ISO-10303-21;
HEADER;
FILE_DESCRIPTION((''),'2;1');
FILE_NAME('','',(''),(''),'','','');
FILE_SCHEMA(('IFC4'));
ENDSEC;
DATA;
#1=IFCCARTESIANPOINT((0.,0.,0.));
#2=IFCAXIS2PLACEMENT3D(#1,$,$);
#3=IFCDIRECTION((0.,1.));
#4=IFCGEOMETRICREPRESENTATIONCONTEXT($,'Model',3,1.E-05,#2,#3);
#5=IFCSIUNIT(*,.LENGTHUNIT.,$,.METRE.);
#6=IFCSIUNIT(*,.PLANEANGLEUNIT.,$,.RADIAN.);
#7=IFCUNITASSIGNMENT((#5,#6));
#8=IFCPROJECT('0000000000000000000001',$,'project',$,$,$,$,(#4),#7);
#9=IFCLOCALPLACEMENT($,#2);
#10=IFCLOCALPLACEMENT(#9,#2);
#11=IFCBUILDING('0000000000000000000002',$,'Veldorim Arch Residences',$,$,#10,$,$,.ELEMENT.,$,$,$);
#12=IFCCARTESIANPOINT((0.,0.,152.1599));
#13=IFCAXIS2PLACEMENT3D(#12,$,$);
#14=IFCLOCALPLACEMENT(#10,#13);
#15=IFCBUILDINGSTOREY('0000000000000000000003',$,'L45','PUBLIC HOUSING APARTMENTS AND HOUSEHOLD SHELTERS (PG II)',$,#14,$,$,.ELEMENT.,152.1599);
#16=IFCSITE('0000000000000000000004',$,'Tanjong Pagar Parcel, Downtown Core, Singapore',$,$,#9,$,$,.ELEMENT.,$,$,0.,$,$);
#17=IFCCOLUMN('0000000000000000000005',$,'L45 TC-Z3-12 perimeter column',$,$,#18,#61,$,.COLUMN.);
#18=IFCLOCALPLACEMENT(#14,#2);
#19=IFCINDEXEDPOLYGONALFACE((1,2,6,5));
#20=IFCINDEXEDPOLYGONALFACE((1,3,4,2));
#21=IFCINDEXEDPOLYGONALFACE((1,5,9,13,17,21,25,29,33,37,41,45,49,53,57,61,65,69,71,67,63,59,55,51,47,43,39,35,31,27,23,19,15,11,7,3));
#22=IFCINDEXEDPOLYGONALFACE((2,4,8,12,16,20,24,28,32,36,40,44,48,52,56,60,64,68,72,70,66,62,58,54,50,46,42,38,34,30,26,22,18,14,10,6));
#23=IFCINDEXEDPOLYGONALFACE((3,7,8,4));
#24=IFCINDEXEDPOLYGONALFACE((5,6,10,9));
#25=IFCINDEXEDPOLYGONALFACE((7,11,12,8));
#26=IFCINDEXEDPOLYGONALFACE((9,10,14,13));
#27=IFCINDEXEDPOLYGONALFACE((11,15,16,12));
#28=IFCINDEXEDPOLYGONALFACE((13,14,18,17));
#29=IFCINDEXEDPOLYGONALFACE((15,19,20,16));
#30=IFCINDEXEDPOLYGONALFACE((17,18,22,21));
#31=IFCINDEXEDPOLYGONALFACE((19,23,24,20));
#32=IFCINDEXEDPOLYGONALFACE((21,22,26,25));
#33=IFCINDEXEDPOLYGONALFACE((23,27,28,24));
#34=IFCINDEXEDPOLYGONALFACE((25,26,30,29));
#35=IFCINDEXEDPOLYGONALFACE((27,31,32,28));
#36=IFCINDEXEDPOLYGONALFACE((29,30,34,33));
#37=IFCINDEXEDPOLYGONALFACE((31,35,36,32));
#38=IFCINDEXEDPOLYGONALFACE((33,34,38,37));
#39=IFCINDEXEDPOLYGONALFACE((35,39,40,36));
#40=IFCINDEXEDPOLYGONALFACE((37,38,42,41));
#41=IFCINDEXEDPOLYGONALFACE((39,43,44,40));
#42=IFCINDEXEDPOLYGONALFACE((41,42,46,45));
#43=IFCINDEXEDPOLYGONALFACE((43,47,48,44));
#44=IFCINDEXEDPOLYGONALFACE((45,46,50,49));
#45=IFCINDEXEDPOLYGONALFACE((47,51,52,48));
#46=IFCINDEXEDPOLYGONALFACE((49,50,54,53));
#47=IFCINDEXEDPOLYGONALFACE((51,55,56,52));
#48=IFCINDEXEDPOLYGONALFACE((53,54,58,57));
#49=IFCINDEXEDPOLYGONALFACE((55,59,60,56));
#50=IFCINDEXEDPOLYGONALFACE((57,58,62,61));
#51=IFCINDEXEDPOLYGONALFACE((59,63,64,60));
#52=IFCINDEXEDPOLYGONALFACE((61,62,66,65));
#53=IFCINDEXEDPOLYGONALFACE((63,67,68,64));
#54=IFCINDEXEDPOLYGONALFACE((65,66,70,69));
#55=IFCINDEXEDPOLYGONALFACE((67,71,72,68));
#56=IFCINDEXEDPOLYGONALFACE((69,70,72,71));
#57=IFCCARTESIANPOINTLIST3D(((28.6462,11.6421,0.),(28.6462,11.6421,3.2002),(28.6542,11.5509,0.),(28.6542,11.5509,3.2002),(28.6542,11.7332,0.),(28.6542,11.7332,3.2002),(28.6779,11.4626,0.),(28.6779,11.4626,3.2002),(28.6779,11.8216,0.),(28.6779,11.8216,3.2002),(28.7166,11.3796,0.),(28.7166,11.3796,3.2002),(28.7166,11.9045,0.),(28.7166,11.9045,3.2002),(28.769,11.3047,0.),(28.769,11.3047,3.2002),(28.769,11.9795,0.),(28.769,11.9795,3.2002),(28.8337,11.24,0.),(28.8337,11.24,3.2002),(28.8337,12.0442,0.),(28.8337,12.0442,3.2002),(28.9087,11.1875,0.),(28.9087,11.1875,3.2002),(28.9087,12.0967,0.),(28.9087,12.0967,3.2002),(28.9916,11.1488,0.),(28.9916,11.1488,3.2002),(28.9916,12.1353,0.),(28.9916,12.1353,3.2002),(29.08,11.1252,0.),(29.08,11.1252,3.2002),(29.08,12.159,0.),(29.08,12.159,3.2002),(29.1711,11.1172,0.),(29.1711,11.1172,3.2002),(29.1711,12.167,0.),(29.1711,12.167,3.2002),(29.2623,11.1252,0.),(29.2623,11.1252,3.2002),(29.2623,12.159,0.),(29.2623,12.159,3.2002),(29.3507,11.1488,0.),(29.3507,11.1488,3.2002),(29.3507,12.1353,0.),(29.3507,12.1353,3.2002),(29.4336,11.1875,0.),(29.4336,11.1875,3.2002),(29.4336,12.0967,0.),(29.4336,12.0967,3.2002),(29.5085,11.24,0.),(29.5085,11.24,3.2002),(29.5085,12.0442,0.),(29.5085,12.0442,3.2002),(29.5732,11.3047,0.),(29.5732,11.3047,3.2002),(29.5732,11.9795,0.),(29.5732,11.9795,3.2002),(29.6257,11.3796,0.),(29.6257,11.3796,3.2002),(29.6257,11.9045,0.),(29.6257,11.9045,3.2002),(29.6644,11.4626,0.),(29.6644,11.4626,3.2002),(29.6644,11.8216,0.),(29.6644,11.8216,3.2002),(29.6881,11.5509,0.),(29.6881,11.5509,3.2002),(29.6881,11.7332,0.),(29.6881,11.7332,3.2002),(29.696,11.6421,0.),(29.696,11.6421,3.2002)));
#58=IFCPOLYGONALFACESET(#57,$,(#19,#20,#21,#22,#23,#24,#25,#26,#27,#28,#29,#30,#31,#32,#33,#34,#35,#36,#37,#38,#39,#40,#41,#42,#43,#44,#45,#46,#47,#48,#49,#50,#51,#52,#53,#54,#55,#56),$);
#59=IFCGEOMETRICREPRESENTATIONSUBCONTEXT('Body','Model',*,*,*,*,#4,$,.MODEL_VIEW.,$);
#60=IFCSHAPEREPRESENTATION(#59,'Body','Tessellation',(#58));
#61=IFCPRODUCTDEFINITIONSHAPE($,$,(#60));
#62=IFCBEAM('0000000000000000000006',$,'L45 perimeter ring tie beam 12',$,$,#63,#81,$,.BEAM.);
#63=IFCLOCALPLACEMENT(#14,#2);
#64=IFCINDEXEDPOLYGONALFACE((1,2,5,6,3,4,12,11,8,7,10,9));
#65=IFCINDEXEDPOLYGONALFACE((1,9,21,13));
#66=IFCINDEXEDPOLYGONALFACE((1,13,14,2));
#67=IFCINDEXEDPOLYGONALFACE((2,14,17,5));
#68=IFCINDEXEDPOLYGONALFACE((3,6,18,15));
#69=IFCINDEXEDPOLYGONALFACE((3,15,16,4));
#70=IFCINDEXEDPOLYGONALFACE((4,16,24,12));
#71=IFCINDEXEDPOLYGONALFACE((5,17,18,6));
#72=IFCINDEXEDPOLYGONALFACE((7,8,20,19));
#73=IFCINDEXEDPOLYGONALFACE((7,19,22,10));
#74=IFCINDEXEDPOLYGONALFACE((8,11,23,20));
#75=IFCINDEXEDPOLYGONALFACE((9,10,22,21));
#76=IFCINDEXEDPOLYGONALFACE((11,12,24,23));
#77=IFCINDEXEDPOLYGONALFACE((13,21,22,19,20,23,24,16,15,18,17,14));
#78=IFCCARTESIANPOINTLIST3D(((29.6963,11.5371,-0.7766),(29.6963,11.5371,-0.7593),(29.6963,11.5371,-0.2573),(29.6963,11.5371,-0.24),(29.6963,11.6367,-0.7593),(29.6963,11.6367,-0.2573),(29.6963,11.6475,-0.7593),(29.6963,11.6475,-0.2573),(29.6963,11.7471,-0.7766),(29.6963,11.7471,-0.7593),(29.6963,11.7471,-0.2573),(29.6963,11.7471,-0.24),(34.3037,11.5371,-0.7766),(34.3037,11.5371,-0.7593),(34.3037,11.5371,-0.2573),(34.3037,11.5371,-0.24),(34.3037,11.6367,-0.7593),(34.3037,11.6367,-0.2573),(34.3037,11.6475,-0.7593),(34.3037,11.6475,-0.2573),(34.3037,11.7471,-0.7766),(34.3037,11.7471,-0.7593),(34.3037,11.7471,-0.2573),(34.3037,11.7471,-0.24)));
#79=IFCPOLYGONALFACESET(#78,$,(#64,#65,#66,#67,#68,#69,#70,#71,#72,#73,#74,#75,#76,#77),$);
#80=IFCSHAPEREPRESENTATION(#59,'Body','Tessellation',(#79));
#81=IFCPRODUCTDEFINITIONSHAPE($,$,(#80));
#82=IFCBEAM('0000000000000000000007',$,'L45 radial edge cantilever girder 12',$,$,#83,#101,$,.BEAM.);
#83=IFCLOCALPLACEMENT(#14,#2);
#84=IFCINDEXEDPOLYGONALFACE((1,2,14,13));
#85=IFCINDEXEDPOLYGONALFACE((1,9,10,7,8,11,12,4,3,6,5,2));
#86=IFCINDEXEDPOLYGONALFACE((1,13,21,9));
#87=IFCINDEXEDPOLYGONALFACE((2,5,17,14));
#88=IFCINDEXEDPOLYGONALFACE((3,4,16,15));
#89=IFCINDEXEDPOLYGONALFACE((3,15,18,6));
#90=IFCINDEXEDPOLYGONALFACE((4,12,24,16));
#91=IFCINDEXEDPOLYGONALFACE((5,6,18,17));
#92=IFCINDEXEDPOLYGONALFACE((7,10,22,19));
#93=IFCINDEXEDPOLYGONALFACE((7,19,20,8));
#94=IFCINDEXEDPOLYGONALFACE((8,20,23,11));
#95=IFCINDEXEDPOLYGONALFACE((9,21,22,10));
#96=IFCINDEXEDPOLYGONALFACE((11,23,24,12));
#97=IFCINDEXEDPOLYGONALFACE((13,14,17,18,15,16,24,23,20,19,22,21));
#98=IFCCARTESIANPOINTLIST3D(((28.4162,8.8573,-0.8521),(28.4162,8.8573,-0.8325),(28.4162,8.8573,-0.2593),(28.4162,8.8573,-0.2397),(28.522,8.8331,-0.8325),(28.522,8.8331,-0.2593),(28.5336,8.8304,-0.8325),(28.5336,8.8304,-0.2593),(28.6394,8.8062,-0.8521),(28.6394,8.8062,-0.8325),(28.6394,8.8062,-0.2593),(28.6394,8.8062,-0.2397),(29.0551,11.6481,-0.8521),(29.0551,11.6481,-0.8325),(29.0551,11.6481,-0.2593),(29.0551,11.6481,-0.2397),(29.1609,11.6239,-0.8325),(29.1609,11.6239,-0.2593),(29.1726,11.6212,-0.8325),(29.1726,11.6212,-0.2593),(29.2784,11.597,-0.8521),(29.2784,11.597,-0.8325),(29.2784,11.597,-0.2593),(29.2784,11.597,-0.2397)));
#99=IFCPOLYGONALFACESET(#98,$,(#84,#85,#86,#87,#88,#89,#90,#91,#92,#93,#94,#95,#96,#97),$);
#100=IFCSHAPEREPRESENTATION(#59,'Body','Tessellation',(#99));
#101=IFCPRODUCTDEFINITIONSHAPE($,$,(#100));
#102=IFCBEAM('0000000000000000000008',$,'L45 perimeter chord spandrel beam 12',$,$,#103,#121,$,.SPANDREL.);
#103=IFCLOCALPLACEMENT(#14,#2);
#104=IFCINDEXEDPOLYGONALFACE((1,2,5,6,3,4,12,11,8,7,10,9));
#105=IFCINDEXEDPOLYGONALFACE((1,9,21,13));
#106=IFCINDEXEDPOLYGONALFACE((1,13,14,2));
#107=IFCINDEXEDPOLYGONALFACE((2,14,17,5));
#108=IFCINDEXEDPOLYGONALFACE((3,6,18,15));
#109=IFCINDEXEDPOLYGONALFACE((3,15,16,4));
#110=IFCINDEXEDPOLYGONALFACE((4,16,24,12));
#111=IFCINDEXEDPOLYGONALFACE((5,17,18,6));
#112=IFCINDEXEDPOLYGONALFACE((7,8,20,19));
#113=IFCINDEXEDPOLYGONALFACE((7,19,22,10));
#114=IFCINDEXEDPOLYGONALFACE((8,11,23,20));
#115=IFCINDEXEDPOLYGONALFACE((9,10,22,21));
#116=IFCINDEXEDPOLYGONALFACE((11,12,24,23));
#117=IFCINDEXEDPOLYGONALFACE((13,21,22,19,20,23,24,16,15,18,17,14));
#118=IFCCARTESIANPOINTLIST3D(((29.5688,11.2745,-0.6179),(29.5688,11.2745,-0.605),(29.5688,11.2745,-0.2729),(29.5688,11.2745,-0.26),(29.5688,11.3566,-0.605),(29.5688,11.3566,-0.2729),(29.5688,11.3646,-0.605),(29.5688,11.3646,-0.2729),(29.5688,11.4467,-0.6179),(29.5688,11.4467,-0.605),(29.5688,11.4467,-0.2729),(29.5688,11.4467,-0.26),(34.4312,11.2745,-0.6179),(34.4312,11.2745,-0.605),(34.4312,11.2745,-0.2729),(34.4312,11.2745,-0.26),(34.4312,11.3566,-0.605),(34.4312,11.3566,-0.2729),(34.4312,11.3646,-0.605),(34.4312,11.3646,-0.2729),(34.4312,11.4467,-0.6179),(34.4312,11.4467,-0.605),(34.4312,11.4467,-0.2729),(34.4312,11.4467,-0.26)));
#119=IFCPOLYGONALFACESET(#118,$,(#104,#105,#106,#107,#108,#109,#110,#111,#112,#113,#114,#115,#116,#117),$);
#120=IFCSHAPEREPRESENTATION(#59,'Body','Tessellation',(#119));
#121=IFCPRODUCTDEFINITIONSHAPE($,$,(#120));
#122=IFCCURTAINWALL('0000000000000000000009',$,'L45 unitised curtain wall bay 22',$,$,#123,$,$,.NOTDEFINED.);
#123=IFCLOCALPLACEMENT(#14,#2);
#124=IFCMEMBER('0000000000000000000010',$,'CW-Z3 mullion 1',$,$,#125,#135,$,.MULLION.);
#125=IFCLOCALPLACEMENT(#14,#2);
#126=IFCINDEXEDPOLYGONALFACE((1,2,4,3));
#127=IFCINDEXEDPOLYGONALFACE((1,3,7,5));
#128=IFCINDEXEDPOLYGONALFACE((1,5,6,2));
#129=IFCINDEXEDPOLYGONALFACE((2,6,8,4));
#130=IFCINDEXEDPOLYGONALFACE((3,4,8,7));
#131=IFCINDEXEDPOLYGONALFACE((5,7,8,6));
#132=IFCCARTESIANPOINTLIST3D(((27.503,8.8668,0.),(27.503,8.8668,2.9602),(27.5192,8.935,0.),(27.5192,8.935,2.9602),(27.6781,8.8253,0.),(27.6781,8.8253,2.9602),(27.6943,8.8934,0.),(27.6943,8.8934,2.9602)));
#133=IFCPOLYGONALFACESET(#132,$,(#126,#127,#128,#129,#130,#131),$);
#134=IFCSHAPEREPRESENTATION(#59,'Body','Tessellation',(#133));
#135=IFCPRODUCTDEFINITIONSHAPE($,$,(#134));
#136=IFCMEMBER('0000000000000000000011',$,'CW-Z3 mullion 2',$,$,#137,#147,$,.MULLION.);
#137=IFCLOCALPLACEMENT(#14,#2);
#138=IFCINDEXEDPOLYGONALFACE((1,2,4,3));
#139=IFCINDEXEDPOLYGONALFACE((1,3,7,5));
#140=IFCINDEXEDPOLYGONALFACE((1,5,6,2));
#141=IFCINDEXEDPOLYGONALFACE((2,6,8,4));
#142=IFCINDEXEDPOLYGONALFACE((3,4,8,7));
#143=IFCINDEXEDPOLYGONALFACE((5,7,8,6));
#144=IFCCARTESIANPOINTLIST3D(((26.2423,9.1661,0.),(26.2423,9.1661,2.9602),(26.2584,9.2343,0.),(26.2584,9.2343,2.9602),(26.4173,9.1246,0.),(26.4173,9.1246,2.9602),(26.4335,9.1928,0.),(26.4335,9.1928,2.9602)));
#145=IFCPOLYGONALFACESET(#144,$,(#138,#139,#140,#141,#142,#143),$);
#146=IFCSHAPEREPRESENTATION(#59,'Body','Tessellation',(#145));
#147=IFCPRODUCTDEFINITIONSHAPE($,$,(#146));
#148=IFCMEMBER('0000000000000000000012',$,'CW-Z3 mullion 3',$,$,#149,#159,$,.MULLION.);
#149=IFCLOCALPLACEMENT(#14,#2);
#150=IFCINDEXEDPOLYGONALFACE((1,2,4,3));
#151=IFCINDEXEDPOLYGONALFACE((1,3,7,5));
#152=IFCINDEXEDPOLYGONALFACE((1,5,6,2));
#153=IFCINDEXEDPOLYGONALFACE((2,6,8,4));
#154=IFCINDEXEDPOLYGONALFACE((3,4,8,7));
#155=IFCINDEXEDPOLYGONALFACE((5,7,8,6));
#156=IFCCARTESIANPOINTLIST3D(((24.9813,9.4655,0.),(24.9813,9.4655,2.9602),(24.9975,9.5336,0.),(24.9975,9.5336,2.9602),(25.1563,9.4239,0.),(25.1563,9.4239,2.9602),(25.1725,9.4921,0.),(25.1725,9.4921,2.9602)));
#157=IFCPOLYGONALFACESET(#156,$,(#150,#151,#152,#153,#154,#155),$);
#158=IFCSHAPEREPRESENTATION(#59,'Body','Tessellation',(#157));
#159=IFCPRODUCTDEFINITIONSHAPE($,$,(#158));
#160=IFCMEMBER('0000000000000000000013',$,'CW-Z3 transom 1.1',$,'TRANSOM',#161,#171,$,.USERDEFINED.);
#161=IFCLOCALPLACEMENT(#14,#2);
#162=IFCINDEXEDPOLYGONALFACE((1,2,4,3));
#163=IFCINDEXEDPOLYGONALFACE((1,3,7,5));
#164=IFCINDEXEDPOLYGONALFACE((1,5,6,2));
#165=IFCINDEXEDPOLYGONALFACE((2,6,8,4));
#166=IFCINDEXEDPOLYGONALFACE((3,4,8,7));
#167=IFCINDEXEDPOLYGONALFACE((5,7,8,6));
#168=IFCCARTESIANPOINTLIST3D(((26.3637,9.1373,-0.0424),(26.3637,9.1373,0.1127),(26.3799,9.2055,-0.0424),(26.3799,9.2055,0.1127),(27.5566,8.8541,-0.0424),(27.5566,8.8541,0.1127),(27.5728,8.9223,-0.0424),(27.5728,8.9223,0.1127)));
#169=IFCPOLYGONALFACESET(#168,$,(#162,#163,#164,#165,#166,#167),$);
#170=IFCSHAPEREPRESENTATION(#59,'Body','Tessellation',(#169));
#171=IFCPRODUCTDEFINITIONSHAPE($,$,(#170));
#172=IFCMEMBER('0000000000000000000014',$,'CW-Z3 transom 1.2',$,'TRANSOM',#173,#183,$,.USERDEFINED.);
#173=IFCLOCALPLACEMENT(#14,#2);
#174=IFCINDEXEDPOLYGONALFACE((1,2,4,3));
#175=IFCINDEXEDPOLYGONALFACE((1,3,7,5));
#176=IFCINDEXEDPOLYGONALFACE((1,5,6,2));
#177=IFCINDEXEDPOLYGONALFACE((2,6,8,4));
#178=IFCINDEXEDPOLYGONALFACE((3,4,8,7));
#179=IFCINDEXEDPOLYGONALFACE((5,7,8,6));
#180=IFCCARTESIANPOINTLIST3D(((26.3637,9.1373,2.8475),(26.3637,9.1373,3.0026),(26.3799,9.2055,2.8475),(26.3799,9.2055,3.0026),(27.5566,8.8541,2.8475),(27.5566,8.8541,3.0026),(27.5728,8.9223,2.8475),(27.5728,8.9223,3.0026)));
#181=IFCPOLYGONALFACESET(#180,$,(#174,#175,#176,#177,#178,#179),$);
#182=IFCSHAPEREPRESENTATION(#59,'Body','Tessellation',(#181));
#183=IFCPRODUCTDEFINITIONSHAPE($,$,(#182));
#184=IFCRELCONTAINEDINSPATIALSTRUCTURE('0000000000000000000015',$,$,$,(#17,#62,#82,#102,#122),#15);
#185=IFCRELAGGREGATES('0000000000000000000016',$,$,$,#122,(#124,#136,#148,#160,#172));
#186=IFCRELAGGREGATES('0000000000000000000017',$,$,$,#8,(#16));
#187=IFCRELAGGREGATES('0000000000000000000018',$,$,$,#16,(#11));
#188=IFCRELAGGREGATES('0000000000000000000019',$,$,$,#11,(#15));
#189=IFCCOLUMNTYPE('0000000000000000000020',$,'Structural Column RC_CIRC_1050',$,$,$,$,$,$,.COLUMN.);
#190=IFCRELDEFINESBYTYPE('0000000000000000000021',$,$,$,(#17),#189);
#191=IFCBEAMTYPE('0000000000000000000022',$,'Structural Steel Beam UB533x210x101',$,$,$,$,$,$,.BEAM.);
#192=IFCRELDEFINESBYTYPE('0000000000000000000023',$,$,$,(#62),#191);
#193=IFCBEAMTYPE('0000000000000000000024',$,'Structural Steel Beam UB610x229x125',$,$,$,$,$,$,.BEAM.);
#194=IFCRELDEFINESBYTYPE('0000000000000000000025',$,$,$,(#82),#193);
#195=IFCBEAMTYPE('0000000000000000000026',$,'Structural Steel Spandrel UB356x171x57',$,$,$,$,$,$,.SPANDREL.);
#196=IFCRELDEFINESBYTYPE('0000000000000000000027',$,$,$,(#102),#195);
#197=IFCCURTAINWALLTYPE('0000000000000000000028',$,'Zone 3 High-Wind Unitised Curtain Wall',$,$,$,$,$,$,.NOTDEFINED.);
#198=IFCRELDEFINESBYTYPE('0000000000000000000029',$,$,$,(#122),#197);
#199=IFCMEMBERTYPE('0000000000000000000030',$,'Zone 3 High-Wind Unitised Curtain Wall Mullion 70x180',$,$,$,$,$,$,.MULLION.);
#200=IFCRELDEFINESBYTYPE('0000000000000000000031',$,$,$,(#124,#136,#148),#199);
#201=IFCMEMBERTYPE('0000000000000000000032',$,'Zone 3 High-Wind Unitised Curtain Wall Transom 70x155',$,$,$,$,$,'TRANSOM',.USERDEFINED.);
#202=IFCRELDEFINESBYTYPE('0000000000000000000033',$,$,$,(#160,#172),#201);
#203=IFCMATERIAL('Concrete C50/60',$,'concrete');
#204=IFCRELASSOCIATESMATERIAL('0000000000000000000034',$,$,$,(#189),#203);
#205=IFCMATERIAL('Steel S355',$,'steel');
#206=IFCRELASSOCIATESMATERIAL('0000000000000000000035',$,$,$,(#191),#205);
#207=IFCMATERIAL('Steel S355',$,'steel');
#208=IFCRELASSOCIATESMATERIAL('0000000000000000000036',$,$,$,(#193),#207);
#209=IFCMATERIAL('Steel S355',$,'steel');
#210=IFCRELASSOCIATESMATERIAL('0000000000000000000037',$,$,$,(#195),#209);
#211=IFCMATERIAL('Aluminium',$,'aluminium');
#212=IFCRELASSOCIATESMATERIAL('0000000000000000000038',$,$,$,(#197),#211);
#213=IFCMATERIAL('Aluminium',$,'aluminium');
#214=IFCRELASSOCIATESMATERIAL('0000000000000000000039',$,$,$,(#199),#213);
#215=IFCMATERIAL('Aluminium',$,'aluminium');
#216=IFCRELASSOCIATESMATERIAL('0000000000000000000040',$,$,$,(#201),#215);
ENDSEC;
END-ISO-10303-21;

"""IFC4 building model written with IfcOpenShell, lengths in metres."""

from ifc_helpers import new_model, si_unit, direction, frame, origin, origin_2d, place, context, subcontext, project, spatial, rectangle, circle, i_section, extrude, material, material_profile, profile_set, type_object, element, aggregate, save


model = new_model("IFC4")

# Units and contexts
model_context = context("Model", 3, precision=1e-05, world=origin(), true_north=direction((0.0, 1.0)))
body_context = subcontext(model_context, "Body", "Model", "MODEL_VIEW")
ifc_project = project(units=[si_unit("LENGTHUNIT", "METRE"), si_unit("PLANEANGLEUNIT", "RADIAN")], contexts=[model_context])

# Site, building, storey
site_placement = place(None, origin())
site = spatial("IfcSite", under=ifc_project, at=site_placement, Name="Tanjong Pagar Parcel, Downtown Core, Singapore", CompositionType="ELEMENT", RefElevation=0.0)
building_placement = place(site_placement, origin())
building = spatial("IfcBuilding", under=site, at=building_placement, Name="Veldorim Arch Residences", CompositionType="ELEMENT")
storey_placement = place(building_placement, frame((0.0, 0.0, 152.1599)))
storey = spatial("IfcBuildingStorey", under=building, at=storey_placement, Name="L45", Description="PUBLIC HOUSING APARTMENTS AND HOUSEHOLD SHELTERS (PG II)", CompositionType="ELEMENT", Elevation=152.1599)

# Column
ifc_material_1 = material(Name="Concrete C50/60", Category="concrete")
ifc_material_profile_1 = material_profile(ifc_material_1, circle(Radius=0.5249, at=origin_2d()), Name="RC_CIRC_1050")
ifc_profile_set_1 = profile_set([ifc_material_profile_1], Name="Concrete C50/60")
column_type = type_object("IfcColumnType", Name="Structural Column RC_CIRC_1050", PredefinedType="COLUMN", material=ifc_profile_set_1)
column_placement = place(storey_placement, frame((29.1711, 11.6421, 0.0), z_axis=(0.0, 0.0, 1.0), x_axis=(1.0, 0.0, 0.0)))
element("IfcColumn", 1, at=column_placement, inside=storey, type_object=column_type, Name="L45 TC-Z3-12 perimeter column", PredefinedType="COLUMN", context=body_context, shape_type="SweptSolid", body=[
    extrude(circle(Radius=0.5249, at=origin_2d()), origin(), (0.0, 0.0, 1.0), 3.2002),
])

# Beams
ifc_material_2 = material(Name="Steel S355", Category="steel")
ifc_material_profile_2 = material_profile(ifc_material_2, i_section(OverallWidth=0.21, OverallDepth=0.5366, WebThickness=0.0107, FlangeThickness=0.0173, at=origin_2d()), Name="UB533x210x101")
ifc_profile_set_2 = profile_set([ifc_material_profile_2], Name="Steel S355")
beam_type_1 = type_object("IfcBeamType", Name="Structural Steel Beam UB533x210x101", PredefinedType="BEAM", material=ifc_profile_set_2)
beam_1_placement = place(storey_placement, frame((29.6963, 11.6421, -0.5083), z_axis=(1.0, 0.0, 0.0), x_axis=(0.0, 1.0, 0.0)))
element("IfcBeam", 2, at=beam_1_placement, inside=storey, type_object=beam_type_1, Name="L45 perimeter ring tie beam 12", PredefinedType="BEAM", context=body_context, shape_type="SweptSolid", body=[
    extrude(i_section(OverallWidth=0.21, OverallDepth=0.5366, WebThickness=0.0107, FlangeThickness=0.0173, at=origin_2d()), origin(), (0.0, 0.0, 1.0), 4.6074),
])
ifc_material_3 = material(Name="Steel S355", Category="steel")
ifc_material_profile_3 = material_profile(ifc_material_3, i_section(OverallWidth=0.229, OverallDepth=0.6123, WebThickness=0.012, FlangeThickness=0.0195, at=origin_2d()), Name="UB610x229x125")
ifc_profile_set_3 = profile_set([ifc_material_profile_3], Name="Steel S355")
beam_type_2 = type_object("IfcBeamType", Name="Structural Steel Beam UB610x229x125", PredefinedType="BEAM", material=ifc_profile_set_3)
beam_2_placement = place(storey_placement, frame((29.1667, 11.6226, -0.5459), z_axis=(-0.223165, -0.974781, 0.0), x_axis=(0.974781, -0.223165, 0.0)))
element("IfcBeam", 3, at=beam_2_placement, inside=storey, type_object=beam_type_2, Name="L45 radial edge cantilever girder 12", PredefinedType="BEAM", context=body_context, shape_type="SweptSolid", body=[
    extrude(i_section(OverallWidth=0.229, OverallDepth=0.6123, WebThickness=0.012, FlangeThickness=0.0195, at=origin_2d()), origin(), (0.0, 0.0, 1.0), 2.863),
])
ifc_material_4 = material(Name="Steel S355", Category="steel")
ifc_material_profile_4 = material_profile(ifc_material_4, i_section(OverallWidth=0.1721, OverallDepth=0.3579, WebThickness=0.0081, FlangeThickness=0.0129, at=origin_2d()), Name="UB356x171x57")
ifc_profile_set_4 = profile_set([ifc_material_profile_4], Name="Steel S355")
beam_type_3 = type_object("IfcBeamType", Name="Structural Steel Spandrel UB356x171x57", PredefinedType="SPANDREL", material=ifc_profile_set_4)
beam_3_placement = place(storey_placement, frame((29.5688, 11.3606, -0.439), z_axis=(1.0, 0.0, 0.0), x_axis=(0.0, 1.0, 0.0)))
element("IfcBeam", 4, at=beam_3_placement, inside=storey, type_object=beam_type_3, Name="L45 perimeter chord spandrel beam 12", PredefinedType="SPANDREL", context=body_context, shape_type="SweptSolid", body=[
    extrude(i_section(OverallWidth=0.1721, OverallDepth=0.3579, WebThickness=0.0081, FlangeThickness=0.0129, at=origin_2d()), origin(), (0.0, 0.0, 1.0), 4.8623),
])

# Curtain wall, members
ifc_material_5 = material(Name="Aluminium", Category="aluminium")
curtain_wall_type = type_object("IfcCurtainWallType", Name="Zone 3 High-Wind Unitised Curtain Wall", PredefinedType="NOTDEFINED", material=ifc_material_5)
curtain_wall_placement = place(storey_placement, origin())
curtain_wall = element("IfcCurtainWall", 5, at=curtain_wall_placement, inside=storey, type_object=curtain_wall_type, Name="L45 unitised curtain wall bay 22", PredefinedType="NOTDEFINED")
ifc_material_6 = material(Name="Aluminium", Category="aluminium")
ifc_material_profile_5 = material_profile(ifc_material_6, rectangle(XDim=0.0701, YDim=0.1799, at=origin_2d()), Name="ALU_MUL_70x180")
ifc_profile_set_5 = profile_set([ifc_material_profile_5], Name="Aluminium")
member_type_1 = type_object("IfcMemberType", Name="Zone 3 High-Wind Unitised Curtain Wall Mullion 70x180", PredefinedType="MULLION", material=ifc_profile_set_5)
member_1_placement = place(storey_placement, frame((27.5986, 8.8801, 0.0), z_axis=(0.0, 0.0, 1.0), x_axis=(-0.230957, -0.972964, 0.0)))
member_1 = element("IfcMember", 6, at=member_1_placement, type_object=member_type_1, Name="CW-Z3 mullion 1", PredefinedType="MULLION", context=body_context, shape_type="SweptSolid", body=[
    extrude(rectangle(XDim=0.0701, YDim=0.1799, at=origin_2d()), origin(), (0.0, 0.0, 1.0), 2.9602),
])
member_2_placement = place(storey_placement, frame((26.3379, 9.1794, 0.0), z_axis=(0.0, 0.0, 1.0), x_axis=(-0.230957, -0.972964, 0.0)))
member_2 = element("IfcMember", 7, at=member_2_placement, type_object=member_type_1, Name="CW-Z3 mullion 2", PredefinedType="MULLION", context=body_context, shape_type="SweptSolid", body=[
    extrude(rectangle(XDim=0.0701, YDim=0.1799, at=origin_2d()), origin(), (0.0, 0.0, 1.0), 2.9602),
])
member_3_placement = place(storey_placement, frame((25.0769, 9.4788, 0.0), z_axis=(0.0, 0.0, 1.0), x_axis=(-0.230957, -0.972964, 0.0)))
member_3 = element("IfcMember", 8, at=member_3_placement, type_object=member_type_1, Name="CW-Z3 mullion 3", PredefinedType="MULLION", context=body_context, shape_type="SweptSolid", body=[
    extrude(rectangle(XDim=0.0701, YDim=0.1799, at=origin_2d()), origin(), (0.0, 0.0, 1.0), 2.9602),
])
ifc_material_7 = material(Name="Aluminium", Category="aluminium")
ifc_material_profile_6 = material_profile(ifc_material_7, rectangle(XDim=0.0701, YDim=0.155, at=origin_2d()), Name="ALU_TRN_70x155")
ifc_profile_set_6 = profile_set([ifc_material_profile_6], Name="Aluminium")
member_type_2 = type_object("IfcMemberType", Name="Zone 3 High-Wind Unitised Curtain Wall Transom 70x155", ElementType="TRANSOM", PredefinedType="USERDEFINED", material=ifc_profile_set_6)
member_4_placement = place(storey_placement, frame((27.5647, 8.8882, 0.0352), z_axis=(-0.972956, 0.230992, 0.0), x_axis=(-0.230992, -0.972956, 0.0)))
member_4 = element("IfcMember", 9, at=member_4_placement, type_object=member_type_2, Name="CW-Z3 transom 1.1", ObjectType="TRANSOM", PredefinedType="USERDEFINED", context=body_context, shape_type="SweptSolid", body=[
    extrude(rectangle(XDim=0.0701, YDim=0.155, at=origin_2d()), origin(), (0.0, 0.0, 1.0), 1.2261),
])
member_5_placement = place(storey_placement, frame((27.5647, 8.8882, 2.925), z_axis=(-0.972956, 0.230992, 0.0), x_axis=(-0.230992, -0.972956, 0.0)))
member_5 = element("IfcMember", 10, at=member_5_placement, type_object=member_type_2, Name="CW-Z3 transom 1.2", ObjectType="TRANSOM", PredefinedType="USERDEFINED", context=body_context, shape_type="SweptSolid", body=[
    extrude(rectangle(XDim=0.0701, YDim=0.155, at=origin_2d()), origin(), (0.0, 0.0, 1.0), 1.2261),
])
aggregate(curtain_wall, [member_1, member_2, member_3, member_4, member_5])

save(model, "model.ifc")
